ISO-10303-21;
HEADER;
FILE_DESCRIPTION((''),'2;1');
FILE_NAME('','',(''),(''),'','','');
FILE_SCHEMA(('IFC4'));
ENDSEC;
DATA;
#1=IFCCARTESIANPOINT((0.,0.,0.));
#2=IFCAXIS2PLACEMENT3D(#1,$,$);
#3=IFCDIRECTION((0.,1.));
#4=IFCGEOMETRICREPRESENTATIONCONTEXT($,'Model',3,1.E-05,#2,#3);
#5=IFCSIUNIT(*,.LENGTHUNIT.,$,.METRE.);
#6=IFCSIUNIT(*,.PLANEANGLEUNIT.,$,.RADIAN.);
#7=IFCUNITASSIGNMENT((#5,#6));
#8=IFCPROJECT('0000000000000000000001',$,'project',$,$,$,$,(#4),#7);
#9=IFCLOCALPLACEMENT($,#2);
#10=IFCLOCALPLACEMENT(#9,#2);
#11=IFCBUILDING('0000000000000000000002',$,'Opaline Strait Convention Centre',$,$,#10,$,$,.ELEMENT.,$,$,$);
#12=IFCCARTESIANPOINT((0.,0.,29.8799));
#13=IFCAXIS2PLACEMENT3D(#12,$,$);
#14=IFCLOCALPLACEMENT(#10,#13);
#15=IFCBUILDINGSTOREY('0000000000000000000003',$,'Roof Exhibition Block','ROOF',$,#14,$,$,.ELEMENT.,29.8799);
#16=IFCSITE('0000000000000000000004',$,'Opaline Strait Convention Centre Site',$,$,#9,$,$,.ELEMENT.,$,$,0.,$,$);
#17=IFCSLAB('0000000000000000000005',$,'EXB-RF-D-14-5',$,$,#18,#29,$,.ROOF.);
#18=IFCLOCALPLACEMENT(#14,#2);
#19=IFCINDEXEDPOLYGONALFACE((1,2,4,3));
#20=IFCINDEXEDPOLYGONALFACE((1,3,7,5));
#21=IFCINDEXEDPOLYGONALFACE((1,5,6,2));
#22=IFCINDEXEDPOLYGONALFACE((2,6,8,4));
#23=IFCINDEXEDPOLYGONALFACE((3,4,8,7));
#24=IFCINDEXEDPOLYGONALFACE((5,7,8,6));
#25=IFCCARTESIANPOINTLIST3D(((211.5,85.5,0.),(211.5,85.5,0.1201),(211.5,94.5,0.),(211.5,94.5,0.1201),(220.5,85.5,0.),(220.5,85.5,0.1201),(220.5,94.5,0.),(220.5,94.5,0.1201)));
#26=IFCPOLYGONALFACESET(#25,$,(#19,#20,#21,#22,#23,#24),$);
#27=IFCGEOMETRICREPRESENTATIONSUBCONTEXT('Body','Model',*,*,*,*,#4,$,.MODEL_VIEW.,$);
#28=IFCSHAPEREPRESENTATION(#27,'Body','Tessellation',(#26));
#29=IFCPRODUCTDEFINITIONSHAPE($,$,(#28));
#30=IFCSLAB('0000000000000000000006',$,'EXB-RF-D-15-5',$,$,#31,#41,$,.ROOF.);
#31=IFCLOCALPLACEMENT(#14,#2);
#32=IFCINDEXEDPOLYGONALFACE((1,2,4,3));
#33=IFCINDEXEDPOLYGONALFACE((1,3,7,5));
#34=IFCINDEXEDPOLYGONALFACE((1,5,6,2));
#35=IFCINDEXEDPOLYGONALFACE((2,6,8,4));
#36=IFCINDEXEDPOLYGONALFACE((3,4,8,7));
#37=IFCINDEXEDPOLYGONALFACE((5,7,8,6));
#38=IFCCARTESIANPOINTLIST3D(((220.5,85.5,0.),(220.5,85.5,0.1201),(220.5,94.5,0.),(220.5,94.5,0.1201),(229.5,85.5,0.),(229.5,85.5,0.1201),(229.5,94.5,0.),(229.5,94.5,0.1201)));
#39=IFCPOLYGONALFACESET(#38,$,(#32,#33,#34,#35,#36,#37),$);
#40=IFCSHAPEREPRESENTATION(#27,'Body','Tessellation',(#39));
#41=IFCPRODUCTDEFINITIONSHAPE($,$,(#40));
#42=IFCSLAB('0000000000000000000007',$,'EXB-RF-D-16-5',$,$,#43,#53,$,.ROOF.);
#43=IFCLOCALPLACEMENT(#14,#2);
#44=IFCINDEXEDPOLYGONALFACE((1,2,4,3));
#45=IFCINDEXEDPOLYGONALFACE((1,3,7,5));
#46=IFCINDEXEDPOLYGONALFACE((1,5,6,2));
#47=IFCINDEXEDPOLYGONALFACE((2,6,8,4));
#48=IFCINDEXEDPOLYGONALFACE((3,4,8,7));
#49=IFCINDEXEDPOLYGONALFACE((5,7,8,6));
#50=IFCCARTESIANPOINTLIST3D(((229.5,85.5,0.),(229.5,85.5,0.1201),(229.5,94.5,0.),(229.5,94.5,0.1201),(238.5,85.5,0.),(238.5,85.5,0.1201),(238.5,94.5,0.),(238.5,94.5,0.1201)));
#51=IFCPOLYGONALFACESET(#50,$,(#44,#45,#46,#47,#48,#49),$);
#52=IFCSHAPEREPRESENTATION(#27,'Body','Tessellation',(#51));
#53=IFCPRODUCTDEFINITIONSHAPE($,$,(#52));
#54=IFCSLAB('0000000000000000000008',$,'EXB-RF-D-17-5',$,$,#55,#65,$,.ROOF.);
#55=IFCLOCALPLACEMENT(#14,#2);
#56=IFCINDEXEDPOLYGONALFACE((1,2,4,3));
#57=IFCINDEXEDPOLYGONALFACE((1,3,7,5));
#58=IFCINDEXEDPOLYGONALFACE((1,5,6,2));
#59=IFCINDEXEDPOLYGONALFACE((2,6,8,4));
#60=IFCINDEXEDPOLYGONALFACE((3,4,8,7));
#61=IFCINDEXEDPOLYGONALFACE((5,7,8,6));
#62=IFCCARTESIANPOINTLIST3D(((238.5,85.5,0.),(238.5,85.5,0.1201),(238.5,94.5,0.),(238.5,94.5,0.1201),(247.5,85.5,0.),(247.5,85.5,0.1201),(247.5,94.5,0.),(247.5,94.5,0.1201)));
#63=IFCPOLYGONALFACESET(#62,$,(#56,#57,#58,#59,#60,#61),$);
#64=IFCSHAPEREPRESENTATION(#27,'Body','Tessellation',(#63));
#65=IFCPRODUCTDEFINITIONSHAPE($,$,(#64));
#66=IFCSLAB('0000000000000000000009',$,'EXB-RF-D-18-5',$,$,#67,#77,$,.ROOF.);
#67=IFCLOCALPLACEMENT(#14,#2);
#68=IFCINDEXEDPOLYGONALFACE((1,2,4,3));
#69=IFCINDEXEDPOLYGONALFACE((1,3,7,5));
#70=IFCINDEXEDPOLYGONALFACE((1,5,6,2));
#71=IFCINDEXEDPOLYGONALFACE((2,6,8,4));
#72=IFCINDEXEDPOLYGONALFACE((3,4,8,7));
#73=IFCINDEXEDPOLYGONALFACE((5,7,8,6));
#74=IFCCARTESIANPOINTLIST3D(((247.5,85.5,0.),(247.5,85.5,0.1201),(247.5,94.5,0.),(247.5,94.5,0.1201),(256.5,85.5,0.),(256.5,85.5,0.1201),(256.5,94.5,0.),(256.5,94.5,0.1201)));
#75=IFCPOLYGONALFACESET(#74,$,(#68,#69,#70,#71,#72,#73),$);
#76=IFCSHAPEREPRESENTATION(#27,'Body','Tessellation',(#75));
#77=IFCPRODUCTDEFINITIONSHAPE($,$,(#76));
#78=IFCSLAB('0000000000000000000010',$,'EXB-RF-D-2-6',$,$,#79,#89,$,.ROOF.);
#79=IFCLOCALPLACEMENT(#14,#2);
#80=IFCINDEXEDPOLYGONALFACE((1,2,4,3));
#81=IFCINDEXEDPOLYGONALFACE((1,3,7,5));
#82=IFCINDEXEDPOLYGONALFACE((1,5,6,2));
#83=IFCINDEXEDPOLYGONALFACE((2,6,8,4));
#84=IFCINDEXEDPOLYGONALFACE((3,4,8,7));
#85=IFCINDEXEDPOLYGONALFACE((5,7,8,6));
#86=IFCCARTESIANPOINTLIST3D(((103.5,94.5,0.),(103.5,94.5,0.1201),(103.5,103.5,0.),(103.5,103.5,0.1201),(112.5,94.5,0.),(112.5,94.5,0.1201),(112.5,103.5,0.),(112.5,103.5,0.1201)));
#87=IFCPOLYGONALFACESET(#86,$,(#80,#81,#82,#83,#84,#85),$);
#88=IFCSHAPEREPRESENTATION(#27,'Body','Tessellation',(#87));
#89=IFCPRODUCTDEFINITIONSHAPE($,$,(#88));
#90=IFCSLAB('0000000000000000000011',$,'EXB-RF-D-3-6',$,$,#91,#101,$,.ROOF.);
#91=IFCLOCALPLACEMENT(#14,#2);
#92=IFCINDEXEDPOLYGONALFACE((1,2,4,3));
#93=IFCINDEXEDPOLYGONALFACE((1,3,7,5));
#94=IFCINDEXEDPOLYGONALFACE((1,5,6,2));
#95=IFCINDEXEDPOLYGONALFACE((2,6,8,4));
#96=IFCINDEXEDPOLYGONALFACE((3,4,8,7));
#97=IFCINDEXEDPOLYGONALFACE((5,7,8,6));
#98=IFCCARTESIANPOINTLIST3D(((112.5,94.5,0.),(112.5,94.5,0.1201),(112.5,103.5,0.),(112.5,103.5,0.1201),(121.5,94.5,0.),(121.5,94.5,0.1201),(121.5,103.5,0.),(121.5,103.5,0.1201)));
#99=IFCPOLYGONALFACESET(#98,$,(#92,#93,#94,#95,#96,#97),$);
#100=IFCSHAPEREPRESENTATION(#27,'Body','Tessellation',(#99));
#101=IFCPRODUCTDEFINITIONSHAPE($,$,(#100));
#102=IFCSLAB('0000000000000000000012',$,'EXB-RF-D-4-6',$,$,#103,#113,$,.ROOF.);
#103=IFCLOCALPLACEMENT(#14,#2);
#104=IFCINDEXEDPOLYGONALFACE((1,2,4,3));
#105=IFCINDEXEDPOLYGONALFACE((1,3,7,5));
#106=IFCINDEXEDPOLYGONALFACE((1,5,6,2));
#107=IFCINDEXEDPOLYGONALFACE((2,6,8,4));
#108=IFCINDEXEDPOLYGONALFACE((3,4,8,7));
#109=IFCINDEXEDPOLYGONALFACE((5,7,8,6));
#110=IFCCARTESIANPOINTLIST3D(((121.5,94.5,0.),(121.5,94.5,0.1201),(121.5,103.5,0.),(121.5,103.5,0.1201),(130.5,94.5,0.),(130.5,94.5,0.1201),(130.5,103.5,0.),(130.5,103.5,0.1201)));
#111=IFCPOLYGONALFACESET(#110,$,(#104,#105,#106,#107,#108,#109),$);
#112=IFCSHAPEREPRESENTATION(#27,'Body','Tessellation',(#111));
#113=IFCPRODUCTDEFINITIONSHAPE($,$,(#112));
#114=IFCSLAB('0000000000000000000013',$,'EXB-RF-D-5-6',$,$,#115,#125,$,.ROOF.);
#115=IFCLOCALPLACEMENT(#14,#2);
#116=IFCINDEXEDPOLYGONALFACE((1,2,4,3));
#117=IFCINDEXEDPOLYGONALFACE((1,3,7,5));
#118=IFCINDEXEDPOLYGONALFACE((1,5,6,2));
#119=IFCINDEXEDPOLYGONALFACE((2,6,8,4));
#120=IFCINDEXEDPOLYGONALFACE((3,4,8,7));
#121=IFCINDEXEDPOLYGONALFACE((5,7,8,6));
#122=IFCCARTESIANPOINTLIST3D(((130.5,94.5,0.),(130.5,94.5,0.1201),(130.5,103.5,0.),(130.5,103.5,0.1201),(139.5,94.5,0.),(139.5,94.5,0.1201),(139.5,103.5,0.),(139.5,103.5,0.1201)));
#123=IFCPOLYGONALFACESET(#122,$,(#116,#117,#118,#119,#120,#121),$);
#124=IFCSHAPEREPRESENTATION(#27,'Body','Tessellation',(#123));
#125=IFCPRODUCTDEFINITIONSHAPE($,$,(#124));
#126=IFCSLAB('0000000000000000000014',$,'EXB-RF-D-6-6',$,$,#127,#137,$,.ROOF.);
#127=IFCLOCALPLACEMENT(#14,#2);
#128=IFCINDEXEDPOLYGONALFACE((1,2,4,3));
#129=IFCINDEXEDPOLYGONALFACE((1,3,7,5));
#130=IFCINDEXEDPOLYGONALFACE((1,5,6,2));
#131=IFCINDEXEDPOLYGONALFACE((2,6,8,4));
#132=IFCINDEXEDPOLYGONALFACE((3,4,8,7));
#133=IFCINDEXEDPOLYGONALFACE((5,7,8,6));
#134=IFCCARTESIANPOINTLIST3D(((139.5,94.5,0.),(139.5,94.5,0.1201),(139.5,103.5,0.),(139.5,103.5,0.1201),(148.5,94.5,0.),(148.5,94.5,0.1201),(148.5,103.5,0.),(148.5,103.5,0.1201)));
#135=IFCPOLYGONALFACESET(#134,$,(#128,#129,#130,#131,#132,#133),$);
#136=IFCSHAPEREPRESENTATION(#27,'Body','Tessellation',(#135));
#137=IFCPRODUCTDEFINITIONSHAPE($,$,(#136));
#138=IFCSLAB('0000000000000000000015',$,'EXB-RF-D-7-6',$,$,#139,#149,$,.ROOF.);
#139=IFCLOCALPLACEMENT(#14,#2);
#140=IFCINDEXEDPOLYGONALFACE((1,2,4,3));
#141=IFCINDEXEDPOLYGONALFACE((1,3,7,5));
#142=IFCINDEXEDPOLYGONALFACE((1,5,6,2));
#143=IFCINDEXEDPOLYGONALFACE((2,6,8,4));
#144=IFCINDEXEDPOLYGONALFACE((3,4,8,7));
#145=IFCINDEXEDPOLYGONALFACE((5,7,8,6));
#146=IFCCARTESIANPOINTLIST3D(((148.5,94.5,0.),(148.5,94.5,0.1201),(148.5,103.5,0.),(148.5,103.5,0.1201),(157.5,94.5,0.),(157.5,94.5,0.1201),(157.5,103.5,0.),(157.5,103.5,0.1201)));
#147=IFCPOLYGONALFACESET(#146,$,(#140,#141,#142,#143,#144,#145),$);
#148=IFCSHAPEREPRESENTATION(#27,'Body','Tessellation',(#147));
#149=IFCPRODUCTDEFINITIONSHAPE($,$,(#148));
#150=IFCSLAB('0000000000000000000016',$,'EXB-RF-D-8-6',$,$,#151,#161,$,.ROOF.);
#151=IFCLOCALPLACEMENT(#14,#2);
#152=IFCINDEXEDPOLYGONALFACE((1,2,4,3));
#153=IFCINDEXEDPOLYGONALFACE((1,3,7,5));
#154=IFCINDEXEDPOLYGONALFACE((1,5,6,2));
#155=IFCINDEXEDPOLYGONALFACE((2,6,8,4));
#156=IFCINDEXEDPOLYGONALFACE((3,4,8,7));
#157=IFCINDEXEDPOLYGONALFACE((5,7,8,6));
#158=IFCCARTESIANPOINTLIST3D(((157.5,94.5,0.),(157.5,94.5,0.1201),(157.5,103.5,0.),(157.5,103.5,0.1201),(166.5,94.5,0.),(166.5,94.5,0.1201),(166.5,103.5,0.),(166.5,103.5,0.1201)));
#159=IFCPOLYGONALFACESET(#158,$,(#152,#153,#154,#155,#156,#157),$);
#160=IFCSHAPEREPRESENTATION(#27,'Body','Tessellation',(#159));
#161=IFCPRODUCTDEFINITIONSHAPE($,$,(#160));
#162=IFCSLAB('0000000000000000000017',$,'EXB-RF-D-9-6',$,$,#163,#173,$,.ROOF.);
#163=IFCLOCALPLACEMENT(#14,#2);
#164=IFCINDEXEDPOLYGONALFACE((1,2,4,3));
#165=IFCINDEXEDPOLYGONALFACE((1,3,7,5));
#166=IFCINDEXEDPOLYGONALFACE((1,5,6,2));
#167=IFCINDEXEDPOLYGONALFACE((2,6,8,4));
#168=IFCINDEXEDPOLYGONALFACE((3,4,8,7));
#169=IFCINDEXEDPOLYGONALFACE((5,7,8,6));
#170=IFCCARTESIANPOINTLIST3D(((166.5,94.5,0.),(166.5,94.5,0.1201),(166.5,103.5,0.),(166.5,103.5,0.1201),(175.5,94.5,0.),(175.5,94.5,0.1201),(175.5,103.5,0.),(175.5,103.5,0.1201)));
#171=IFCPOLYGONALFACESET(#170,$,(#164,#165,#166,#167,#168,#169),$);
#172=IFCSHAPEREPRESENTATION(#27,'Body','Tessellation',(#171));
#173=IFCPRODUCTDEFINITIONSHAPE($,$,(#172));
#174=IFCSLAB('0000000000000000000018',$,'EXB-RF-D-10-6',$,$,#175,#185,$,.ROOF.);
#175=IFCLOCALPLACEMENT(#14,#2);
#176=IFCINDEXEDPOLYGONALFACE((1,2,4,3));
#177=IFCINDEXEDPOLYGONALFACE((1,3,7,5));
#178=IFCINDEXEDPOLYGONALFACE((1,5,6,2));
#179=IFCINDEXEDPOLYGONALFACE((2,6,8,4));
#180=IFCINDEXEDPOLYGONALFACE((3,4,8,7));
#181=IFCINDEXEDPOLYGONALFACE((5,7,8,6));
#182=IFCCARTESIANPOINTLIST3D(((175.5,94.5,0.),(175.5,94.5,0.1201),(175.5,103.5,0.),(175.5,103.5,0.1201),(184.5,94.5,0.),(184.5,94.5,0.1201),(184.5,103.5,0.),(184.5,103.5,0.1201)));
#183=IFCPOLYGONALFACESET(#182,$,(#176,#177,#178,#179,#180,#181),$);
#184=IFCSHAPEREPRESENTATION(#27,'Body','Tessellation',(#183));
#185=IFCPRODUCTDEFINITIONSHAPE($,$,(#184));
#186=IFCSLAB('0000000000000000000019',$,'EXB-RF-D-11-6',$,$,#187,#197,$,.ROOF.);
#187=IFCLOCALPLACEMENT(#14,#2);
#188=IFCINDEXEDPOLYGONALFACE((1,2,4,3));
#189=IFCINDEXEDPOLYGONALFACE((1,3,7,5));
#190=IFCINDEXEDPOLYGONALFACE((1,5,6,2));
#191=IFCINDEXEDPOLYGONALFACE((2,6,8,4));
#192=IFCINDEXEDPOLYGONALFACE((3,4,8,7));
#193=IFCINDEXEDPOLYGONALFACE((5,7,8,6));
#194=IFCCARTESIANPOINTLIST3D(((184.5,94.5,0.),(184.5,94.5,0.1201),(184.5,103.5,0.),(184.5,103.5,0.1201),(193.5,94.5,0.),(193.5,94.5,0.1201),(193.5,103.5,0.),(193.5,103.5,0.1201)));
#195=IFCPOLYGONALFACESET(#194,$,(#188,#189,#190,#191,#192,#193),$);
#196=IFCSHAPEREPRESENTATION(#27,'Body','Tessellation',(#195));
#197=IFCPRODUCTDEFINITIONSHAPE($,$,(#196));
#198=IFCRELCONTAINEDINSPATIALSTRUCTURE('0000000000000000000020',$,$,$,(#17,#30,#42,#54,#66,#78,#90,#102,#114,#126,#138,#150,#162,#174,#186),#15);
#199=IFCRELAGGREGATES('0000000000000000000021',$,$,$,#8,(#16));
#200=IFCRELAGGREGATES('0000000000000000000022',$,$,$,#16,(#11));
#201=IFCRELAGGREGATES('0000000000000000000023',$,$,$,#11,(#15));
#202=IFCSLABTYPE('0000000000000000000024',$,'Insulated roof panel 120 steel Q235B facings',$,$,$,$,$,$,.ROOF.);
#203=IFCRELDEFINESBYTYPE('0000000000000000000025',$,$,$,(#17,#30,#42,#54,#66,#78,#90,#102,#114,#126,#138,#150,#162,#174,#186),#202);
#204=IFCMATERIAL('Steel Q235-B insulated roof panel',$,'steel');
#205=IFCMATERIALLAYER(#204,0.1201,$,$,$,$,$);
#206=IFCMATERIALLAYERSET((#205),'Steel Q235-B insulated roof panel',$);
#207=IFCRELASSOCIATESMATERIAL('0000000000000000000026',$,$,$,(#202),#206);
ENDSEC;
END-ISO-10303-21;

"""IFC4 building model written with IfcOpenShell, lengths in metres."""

from ifc_helpers import new_model, si_unit, direction, frame, origin, place, context, subcontext, project, spatial, polyline, outline, extrude, material, layer, layer_set, type_object, element, save


model = new_model("IFC4")

# Units and contexts
model_context = context("Model", 3, precision=1e-05, world=origin(), true_north=direction((0.0, 1.0)))
body_context = subcontext(model_context, "Body", "Model", "MODEL_VIEW")
ifc_project = project(units=[si_unit("LENGTHUNIT", "METRE"), si_unit("PLANEANGLEUNIT", "RADIAN")], contexts=[model_context])

# Site, building, storey
site_placement = place(None, origin())
site = spatial("IfcSite", under=ifc_project, at=site_placement, Name="Opaline Strait Convention Centre Site", CompositionType="ELEMENT", RefElevation=0.0)
building_placement = place(site_placement, origin())
building = spatial("IfcBuilding", under=site, at=building_placement, Name="Opaline Strait Convention Centre", CompositionType="ELEMENT")
storey_placement = place(building_placement, frame((0.0, 0.0, 29.8799)))
storey = spatial("IfcBuildingStorey", under=building, at=storey_placement, Name="Roof Exhibition Block", Description="ROOF", CompositionType="ELEMENT", Elevation=29.8799)

# Slabs
ifc_material = material(Name="Steel Q235-B insulated roof panel", Category="steel")
ifc_layer = layer(ifc_material, 0.1201)
ifc_layer_set = layer_set([ifc_layer], Name="Steel Q235-B insulated roof panel")
slab_type = type_object("IfcSlabType", Name="Insulated roof panel 120 steel Q235B facings", PredefinedType="ROOF", material=ifc_layer_set)
slab_1_placement = place(storey_placement, origin())
element("IfcSlab", 1, at=slab_1_placement, inside=storey, type_object=slab_type, Name="EXB-RF-D-14-5", PredefinedType="ROOF", context=body_context, shape_type="SweptSolid", body=[
    extrude(outline(polyline([(211.5, 85.5), (220.5, 85.5), (220.5, 94.5), (211.5, 94.5), (211.5, 85.5)])), origin(), (0.0, 0.0, 1.0), 0.1201),
])
slab_2_placement = place(storey_placement, origin())
element("IfcSlab", 2, at=slab_2_placement, inside=storey, type_object=slab_type, Name="EXB-RF-D-15-5", PredefinedType="ROOF", context=body_context, shape_type="SweptSolid", body=[
    extrude(outline(polyline([(220.5, 85.5), (229.5, 85.5), (229.5, 94.5), (220.5, 94.5), (220.5, 85.5)])), origin(), (0.0, 0.0, 1.0), 0.1201),
])
slab_3_placement = place(storey_placement, origin())
element("IfcSlab", 3, at=slab_3_placement, inside=storey, type_object=slab_type, Name="EXB-RF-D-16-5", PredefinedType="ROOF", context=body_context, shape_type="SweptSolid", body=[
    extrude(outline(polyline([(229.5, 85.5), (238.5, 85.5), (238.5, 94.5), (229.5, 94.5), (229.5, 85.5)])), origin(), (0.0, 0.0, 1.0), 0.1201),
])
slab_4_placement = place(storey_placement, origin())
element("IfcSlab", 4, at=slab_4_placement, inside=storey, type_object=slab_type, Name="EXB-RF-D-17-5", PredefinedType="ROOF", context=body_context, shape_type="SweptSolid", body=[
    extrude(outline(polyline([(238.5, 85.5), (247.5, 85.5), (247.5, 94.5), (238.5, 94.5), (238.5, 85.5)])), origin(), (0.0, 0.0, 1.0), 0.1201),
])
slab_5_placement = place(storey_placement, origin())
element("IfcSlab", 5, at=slab_5_placement, inside=storey, type_object=slab_type, Name="EXB-RF-D-18-5", PredefinedType="ROOF", context=body_context, shape_type="SweptSolid", body=[
    extrude(outline(polyline([(247.5, 85.5), (256.5, 85.5), (256.5, 94.5), (247.5, 94.5), (247.5, 85.5)])), origin(), (0.0, 0.0, 1.0), 0.1201),
])
slab_6_placement = place(storey_placement, origin())
element("IfcSlab", 6, at=slab_6_placement, inside=storey, type_object=slab_type, Name="EXB-RF-D-2-6", PredefinedType="ROOF", context=body_context, shape_type="SweptSolid", body=[
    extrude(outline(polyline([(103.5, 94.5), (112.5, 94.5), (112.5, 103.5), (103.5, 103.5), (103.5, 94.5)])), origin(), (0.0, 0.0, 1.0), 0.1201),
])
slab_7_placement = place(storey_placement, origin())
element("IfcSlab", 7, at=slab_7_placement, inside=storey, type_object=slab_type, Name="EXB-RF-D-3-6", PredefinedType="ROOF", context=body_context, shape_type="SweptSolid", body=[
    extrude(outline(polyline([(112.5, 94.5), (121.5, 94.5), (121.5, 103.5), (112.5, 103.5), (112.5, 94.5)])), origin(), (0.0, 0.0, 1.0), 0.1201),
])
slab_8_placement = place(storey_placement, origin())
element("IfcSlab", 8, at=slab_8_placement, inside=storey, type_object=slab_type, Name="EXB-RF-D-4-6", PredefinedType="ROOF", context=body_context, shape_type="SweptSolid", body=[
    extrude(outline(polyline([(121.5, 94.5), (130.5, 94.5), (130.5, 103.5), (121.5, 103.5), (121.5, 94.5)])), origin(), (0.0, 0.0, 1.0), 0.1201),
])
slab_9_placement = place(storey_placement, origin())
element("IfcSlab", 9, at=slab_9_placement, inside=storey, type_object=slab_type, Name="EXB-RF-D-5-6", PredefinedType="ROOF", context=body_context, shape_type="SweptSolid", body=[
    extrude(outline(polyline([(130.5, 94.5), (139.5, 94.5), (139.5, 103.5), (130.5, 103.5), (130.5, 94.5)])), origin(), (0.0, 0.0, 1.0), 0.1201),
])
slab_10_placement = place(storey_placement, origin())
element("IfcSlab", 10, at=slab_10_placement, inside=storey, type_object=slab_type, Name="EXB-RF-D-6-6", PredefinedType="ROOF", context=body_context, shape_type="SweptSolid", body=[
    extrude(outline(polyline([(139.5, 94.5), (148.5, 94.5), (148.5, 103.5), (139.5, 103.5), (139.5, 94.5)])), origin(), (0.0, 0.0, 1.0), 0.1201),
])
slab_11_placement = place(storey_placement, origin())
element("IfcSlab", 11, at=slab_11_placement, inside=storey, type_object=slab_type, Name="EXB-RF-D-7-6", PredefinedType="ROOF", context=body_context, shape_type="SweptSolid", body=[
    extrude(outline(polyline([(148.5, 94.5), (157.5, 94.5), (157.5, 103.5), (148.5, 103.5), (148.5, 94.5)])), origin(), (0.0, 0.0, 1.0), 0.1201),
])
slab_12_placement = place(storey_placement, origin())
element("IfcSlab", 12, at=slab_12_placement, inside=storey, type_object=slab_type, Name="EXB-RF-D-8-6", PredefinedType="ROOF", context=body_context, shape_type="SweptSolid", body=[
    extrude(outline(polyline([(157.5, 94.5), (166.5, 94.5), (166.5, 103.5), (157.5, 103.5), (157.5, 94.5)])), origin(), (0.0, 0.0, 1.0), 0.1201),
])
slab_13_placement = place(storey_placement, origin())
element("IfcSlab", 13, at=slab_13_placement, inside=storey, type_object=slab_type, Name="EXB-RF-D-9-6", PredefinedType="ROOF", context=body_context, shape_type="SweptSolid", body=[
    extrude(outline(polyline([(166.5, 94.5), (175.5, 94.5), (175.5, 103.5), (166.5, 103.5), (166.5, 94.5)])), origin(), (0.0, 0.0, 1.0), 0.1201),
])
slab_14_placement = place(storey_placement, origin())
element("IfcSlab", 14, at=slab_14_placement, inside=storey, type_object=slab_type, Name="EXB-RF-D-10-6", PredefinedType="ROOF", context=body_context, shape_type="SweptSolid", body=[
    extrude(outline(polyline([(175.5, 94.5), (184.5, 94.5), (184.5, 103.5), (175.5, 103.5), (175.5, 94.5)])), origin(), (0.0, 0.0, 1.0), 0.1201),
])
slab_15_placement = place(storey_placement, origin())
element("IfcSlab", 15, at=slab_15_placement, inside=storey, type_object=slab_type, Name="EXB-RF-D-11-6", PredefinedType="ROOF", context=body_context, shape_type="SweptSolid", body=[
    extrude(outline(polyline([(184.5, 94.5), (193.5, 94.5), (193.5, 103.5), (184.5, 103.5), (184.5, 94.5)])), origin(), (0.0, 0.0, 1.0), 0.1201),
])

save(model, "model.ifc")
